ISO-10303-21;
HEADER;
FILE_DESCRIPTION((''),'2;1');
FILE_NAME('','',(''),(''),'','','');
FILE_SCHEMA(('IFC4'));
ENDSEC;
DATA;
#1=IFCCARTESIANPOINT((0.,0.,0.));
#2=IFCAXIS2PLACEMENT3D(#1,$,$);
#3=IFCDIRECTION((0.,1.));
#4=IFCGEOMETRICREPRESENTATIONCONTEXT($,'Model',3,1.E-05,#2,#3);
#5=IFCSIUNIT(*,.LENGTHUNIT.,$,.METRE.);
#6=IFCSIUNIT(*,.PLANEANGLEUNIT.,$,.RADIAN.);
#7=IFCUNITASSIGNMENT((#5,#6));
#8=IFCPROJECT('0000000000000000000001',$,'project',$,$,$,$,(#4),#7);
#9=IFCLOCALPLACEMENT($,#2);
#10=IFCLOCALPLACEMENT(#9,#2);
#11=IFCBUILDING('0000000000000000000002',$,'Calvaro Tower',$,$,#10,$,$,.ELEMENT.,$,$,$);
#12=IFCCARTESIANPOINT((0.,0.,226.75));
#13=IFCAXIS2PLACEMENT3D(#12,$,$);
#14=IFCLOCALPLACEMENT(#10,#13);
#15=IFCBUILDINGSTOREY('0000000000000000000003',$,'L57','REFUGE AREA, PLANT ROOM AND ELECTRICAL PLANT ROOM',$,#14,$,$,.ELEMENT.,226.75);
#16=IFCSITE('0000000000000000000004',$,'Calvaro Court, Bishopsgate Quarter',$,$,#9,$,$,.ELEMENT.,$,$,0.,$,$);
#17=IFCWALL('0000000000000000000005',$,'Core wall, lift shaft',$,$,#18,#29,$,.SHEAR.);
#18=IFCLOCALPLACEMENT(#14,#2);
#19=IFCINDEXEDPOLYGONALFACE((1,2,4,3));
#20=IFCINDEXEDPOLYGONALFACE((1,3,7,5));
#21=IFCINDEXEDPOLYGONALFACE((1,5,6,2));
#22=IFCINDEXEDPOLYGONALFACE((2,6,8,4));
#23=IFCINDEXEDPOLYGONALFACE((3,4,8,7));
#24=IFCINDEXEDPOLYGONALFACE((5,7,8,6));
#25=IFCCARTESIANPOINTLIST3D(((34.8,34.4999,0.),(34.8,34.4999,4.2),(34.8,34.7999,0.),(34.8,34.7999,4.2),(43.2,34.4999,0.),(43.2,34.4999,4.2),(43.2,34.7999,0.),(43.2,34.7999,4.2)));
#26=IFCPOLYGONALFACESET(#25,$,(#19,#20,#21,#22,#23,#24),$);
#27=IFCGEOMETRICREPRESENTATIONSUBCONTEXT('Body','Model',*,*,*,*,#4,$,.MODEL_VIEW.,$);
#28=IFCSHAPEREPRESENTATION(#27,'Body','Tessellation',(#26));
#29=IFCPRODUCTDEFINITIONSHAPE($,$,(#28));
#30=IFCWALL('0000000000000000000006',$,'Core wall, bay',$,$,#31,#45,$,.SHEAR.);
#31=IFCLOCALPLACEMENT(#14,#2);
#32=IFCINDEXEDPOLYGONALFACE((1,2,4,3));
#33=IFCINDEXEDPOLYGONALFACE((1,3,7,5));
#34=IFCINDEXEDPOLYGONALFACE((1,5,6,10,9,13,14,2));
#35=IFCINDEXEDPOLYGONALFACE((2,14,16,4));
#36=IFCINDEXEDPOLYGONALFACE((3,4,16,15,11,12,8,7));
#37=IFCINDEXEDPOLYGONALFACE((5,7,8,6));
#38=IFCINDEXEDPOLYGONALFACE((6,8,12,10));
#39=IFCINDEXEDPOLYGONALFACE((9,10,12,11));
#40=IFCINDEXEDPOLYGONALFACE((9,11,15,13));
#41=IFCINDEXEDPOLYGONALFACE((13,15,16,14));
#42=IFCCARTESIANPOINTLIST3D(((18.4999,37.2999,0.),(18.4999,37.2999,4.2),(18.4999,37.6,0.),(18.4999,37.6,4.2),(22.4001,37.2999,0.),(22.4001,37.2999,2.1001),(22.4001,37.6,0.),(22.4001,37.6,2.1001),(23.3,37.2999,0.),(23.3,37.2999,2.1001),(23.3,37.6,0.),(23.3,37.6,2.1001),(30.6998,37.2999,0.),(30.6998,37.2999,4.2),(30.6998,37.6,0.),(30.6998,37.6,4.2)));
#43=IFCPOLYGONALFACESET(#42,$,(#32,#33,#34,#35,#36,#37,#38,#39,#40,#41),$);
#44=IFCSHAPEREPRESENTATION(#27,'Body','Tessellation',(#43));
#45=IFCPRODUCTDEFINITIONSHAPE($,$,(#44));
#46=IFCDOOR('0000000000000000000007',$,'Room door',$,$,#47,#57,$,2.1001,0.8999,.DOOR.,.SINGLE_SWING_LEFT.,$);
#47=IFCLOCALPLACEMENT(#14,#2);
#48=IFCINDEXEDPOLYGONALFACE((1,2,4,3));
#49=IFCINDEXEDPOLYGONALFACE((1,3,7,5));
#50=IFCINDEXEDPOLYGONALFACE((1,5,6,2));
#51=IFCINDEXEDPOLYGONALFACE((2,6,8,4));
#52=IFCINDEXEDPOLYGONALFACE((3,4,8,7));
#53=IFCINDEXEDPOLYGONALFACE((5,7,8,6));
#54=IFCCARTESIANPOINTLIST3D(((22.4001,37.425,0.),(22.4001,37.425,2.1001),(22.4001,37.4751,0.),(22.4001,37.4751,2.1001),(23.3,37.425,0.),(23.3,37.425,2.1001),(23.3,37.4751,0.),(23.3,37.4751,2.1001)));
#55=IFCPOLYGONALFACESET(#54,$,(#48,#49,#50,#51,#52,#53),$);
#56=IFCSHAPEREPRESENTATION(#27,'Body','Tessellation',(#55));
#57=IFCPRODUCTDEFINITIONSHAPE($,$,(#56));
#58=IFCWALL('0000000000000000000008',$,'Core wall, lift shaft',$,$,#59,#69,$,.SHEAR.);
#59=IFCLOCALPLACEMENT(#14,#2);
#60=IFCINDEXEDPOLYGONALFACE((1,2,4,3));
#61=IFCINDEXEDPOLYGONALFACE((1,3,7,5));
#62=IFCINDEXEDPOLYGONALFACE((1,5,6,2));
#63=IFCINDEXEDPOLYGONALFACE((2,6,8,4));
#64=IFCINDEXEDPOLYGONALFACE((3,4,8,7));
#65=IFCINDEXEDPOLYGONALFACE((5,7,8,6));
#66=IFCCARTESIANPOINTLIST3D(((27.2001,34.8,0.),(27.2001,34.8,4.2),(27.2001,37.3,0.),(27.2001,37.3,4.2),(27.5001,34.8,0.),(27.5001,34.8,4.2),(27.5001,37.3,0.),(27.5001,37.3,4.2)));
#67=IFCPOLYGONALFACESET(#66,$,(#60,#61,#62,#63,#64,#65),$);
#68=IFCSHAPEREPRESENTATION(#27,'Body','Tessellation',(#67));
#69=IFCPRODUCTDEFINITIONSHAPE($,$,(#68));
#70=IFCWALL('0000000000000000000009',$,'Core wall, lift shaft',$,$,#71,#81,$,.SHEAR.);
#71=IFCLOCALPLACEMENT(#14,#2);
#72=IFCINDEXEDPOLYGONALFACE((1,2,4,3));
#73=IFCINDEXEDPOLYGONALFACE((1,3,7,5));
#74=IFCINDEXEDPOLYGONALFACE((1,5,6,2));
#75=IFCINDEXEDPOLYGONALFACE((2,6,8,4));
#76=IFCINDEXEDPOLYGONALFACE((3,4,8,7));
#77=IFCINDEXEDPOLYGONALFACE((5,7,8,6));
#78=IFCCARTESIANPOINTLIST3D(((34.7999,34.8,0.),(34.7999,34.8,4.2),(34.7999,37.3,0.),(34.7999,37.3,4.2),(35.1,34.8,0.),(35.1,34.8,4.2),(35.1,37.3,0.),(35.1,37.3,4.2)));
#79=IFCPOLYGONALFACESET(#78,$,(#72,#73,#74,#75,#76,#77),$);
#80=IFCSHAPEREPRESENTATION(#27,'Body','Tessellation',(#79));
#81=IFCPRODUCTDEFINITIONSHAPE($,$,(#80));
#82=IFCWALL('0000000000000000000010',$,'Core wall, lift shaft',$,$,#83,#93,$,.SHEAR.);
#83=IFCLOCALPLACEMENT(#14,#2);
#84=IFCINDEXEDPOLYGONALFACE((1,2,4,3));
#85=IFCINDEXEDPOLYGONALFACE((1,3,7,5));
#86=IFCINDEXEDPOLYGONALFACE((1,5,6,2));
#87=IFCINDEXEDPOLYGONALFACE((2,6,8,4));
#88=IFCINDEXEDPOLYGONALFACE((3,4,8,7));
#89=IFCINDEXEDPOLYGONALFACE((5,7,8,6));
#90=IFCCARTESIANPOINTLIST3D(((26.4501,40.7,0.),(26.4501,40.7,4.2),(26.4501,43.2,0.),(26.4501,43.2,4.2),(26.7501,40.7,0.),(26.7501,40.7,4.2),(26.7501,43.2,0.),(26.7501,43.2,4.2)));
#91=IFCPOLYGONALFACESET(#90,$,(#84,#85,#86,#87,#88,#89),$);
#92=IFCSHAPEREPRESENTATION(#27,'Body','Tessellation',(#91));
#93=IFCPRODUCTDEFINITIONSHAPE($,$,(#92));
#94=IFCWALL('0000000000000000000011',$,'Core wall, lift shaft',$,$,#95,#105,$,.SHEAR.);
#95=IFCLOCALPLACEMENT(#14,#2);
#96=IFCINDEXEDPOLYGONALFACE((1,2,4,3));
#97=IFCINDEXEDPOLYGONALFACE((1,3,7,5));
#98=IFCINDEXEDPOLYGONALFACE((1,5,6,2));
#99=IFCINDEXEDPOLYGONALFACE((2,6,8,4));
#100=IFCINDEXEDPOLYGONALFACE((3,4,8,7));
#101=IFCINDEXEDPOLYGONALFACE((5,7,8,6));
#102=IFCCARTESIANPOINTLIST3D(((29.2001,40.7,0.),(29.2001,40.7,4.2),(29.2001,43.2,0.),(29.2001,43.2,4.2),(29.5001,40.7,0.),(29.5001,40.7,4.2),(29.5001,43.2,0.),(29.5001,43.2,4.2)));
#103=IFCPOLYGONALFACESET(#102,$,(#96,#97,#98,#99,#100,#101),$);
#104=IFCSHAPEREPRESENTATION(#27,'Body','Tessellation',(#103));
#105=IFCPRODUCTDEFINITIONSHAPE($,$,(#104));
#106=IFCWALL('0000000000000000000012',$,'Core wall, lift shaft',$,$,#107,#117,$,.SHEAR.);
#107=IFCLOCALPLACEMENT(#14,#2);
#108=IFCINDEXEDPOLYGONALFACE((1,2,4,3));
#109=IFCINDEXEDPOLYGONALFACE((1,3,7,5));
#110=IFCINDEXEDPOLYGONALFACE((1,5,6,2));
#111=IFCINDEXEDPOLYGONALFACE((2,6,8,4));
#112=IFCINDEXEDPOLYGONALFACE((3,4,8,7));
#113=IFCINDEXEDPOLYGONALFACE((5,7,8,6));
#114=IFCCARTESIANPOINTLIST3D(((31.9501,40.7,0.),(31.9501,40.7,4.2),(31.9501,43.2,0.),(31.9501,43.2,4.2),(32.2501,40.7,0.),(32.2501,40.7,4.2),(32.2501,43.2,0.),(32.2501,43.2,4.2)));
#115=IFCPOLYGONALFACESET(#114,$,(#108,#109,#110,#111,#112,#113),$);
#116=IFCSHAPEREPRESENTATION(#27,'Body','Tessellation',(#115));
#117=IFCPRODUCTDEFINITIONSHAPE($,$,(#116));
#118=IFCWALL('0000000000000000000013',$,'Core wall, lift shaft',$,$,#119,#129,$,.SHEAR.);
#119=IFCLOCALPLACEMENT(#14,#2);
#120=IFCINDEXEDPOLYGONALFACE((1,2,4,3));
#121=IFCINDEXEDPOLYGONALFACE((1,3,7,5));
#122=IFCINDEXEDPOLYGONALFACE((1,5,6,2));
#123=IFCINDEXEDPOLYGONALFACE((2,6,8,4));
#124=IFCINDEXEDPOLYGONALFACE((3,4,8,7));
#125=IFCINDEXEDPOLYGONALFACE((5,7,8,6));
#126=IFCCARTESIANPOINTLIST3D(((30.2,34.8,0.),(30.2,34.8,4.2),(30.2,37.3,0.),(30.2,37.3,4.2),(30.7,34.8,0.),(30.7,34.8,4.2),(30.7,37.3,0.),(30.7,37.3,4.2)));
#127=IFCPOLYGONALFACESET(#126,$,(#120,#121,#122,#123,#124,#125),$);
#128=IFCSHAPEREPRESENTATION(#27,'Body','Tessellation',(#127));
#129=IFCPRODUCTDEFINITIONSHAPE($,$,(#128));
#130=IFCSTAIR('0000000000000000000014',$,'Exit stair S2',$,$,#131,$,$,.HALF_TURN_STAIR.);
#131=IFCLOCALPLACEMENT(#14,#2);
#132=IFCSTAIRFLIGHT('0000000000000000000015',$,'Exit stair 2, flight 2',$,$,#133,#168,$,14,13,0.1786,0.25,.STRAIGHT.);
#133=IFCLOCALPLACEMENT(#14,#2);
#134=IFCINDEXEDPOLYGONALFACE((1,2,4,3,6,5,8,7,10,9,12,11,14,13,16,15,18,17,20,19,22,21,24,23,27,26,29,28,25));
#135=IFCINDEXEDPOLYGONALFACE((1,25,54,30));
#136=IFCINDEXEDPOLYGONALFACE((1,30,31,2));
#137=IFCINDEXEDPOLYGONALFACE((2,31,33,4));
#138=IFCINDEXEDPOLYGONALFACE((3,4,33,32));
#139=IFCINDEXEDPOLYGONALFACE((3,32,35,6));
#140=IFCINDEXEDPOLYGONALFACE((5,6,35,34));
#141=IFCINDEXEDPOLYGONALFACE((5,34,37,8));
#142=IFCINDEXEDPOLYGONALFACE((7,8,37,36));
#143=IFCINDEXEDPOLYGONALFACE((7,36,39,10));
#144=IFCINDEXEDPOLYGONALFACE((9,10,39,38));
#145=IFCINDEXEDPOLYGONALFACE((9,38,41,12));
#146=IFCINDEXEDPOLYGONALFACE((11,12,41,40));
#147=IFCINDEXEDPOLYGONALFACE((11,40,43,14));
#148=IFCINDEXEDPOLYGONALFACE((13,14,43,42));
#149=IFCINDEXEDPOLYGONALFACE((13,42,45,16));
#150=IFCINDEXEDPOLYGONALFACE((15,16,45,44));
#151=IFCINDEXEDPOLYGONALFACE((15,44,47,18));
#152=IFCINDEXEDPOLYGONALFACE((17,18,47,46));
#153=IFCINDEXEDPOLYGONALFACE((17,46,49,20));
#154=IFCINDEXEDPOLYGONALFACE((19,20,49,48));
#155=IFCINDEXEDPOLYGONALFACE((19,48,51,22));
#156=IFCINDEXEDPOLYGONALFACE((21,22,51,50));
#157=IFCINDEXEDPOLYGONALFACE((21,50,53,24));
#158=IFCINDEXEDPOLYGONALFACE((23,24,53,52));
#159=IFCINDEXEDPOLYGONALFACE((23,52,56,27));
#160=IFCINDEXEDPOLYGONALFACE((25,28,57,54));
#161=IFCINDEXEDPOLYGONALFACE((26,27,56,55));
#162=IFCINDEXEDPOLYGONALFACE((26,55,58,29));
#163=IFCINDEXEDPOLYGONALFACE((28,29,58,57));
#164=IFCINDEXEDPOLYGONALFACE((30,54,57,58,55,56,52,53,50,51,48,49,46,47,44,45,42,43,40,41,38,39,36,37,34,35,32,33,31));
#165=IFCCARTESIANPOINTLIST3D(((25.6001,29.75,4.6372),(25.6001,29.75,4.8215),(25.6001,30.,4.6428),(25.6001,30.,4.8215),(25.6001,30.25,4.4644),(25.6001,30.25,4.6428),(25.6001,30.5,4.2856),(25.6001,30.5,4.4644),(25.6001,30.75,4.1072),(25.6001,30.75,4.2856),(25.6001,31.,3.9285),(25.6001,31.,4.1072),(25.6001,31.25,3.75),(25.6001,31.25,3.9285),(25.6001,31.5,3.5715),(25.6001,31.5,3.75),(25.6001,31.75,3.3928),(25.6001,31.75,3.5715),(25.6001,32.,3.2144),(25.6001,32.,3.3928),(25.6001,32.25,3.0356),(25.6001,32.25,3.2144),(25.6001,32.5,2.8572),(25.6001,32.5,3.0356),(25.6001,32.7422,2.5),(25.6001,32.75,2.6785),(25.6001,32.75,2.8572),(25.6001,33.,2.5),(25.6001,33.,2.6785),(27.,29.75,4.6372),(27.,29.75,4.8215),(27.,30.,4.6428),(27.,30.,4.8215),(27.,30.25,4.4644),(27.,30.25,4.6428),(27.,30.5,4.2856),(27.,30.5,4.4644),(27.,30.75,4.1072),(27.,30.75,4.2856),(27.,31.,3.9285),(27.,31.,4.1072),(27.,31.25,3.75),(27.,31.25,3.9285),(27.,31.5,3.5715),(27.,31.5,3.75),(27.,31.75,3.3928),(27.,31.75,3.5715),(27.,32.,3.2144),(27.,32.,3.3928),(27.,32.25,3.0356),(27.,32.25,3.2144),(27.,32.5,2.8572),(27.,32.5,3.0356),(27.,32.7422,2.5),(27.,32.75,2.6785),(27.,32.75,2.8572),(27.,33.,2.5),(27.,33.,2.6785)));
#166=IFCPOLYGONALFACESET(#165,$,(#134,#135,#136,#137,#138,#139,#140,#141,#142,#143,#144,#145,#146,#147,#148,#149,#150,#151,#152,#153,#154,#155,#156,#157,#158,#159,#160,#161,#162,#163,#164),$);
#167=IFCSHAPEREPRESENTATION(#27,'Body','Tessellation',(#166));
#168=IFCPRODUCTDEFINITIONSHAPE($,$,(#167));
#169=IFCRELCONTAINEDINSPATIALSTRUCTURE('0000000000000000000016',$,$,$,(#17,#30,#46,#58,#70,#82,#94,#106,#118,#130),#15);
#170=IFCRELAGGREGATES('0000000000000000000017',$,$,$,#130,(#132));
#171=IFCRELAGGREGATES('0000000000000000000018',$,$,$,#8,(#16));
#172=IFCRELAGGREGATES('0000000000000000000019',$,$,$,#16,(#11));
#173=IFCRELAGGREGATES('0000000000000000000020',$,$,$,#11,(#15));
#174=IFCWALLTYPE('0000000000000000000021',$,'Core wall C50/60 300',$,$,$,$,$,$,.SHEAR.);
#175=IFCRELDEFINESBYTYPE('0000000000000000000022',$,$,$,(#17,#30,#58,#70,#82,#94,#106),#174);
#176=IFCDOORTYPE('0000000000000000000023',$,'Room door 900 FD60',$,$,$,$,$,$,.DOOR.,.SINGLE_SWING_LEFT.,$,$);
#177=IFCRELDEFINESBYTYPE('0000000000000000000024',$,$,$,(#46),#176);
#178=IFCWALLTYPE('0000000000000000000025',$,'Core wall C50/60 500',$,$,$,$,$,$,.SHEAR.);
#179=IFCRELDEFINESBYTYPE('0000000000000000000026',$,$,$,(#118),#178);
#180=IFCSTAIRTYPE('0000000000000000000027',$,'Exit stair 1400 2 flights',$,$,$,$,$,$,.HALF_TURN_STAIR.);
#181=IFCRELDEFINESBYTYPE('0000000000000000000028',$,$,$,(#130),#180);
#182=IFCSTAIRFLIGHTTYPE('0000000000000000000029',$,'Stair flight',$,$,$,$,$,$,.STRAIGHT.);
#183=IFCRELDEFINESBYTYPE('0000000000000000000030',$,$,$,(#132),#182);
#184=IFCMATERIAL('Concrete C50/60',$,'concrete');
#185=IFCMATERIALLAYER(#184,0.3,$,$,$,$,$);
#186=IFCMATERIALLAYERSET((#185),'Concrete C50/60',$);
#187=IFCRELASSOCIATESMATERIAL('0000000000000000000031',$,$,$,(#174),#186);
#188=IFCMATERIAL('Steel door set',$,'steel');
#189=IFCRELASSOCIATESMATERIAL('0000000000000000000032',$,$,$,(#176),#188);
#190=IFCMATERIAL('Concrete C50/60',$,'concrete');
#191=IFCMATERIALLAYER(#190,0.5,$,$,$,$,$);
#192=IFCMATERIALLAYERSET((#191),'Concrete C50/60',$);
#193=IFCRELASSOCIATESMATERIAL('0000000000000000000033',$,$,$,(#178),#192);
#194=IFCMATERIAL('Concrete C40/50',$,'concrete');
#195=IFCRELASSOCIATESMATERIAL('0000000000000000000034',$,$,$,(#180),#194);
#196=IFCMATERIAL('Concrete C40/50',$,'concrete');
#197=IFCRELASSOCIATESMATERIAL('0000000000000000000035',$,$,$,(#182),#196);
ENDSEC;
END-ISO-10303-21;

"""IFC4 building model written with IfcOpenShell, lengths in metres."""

from ifc_helpers import new_model, si_unit, direction, frame, frame_2d, origin, place, context, subcontext, project, spatial, polyline, rectangle, outline, extrude, material, layer, layer_set, type_object, element, fill, aggregate, save


model = new_model("IFC4")

# Units and contexts
model_context = context("Model", 3, precision=1e-05, world=origin(), true_north=direction((0.0, 1.0)))
body_context = subcontext(model_context, "Body", "Model", "MODEL_VIEW")
ifc_project = project(units=[si_unit("LENGTHUNIT", "METRE"), si_unit("PLANEANGLEUNIT", "RADIAN")], contexts=[model_context])

# Site, building, storey
site_placement = place(None, origin())
site = spatial("IfcSite", under=ifc_project, at=site_placement, Name="Calvaro Court, Bishopsgate Quarter", CompositionType="ELEMENT", RefElevation=0.0)
building_placement = place(site_placement, origin())
building = spatial("IfcBuilding", under=site, at=building_placement, Name="Calvaro Tower", CompositionType="ELEMENT")
storey_placement = place(building_placement, frame((0.0, 0.0, 226.75)))
storey = spatial("IfcBuildingStorey", under=building, at=storey_placement, Name="L57", Description="REFUGE AREA, PLANT ROOM AND ELECTRICAL PLANT ROOM", CompositionType="ELEMENT", Elevation=226.75)

# Wall
ifc_material_1 = material(Name="Concrete C50/60", Category="concrete")
ifc_layer_1 = layer(ifc_material_1, 0.3)
ifc_layer_set_1 = layer_set([ifc_layer_1], Name="Concrete C50/60")
wall_type_1 = type_object("IfcWallType", Name="Core wall C50/60 300", PredefinedType="SHEAR", material=ifc_layer_set_1)
wall_1_placement = place(storey_placement, frame((34.8, 34.6499, 0.0), z_axis=(0.0, 0.0, 1.0), x_axis=(1.0, 0.0, 0.0)))
element("IfcWall", 1, at=wall_1_placement, inside=storey, type_object=wall_type_1, Name="Core wall, lift shaft", PredefinedType="SHEAR", context=body_context, shape_type="SweptSolid", body=[
    extrude(rectangle(XDim=8.3999, YDim=0.3, at=frame_2d((4.2, 0.0))), origin(), (0.0, 0.0, 1.0), 4.2),
])

# Wall, opening, door
wall_2_placement = place(storey_placement, frame((30.7, 37.45, 0.0), z_axis=(0.0, 0.0, 1.0), x_axis=(-1.0, 0.0, 0.0)))
wall_2 = element("IfcWall", 2, at=wall_2_placement, inside=storey, type_object=wall_type_1, Name="Core wall, bay", PredefinedType="SHEAR", context=body_context, shape_type="SweptSolid", body=[
    extrude(rectangle(XDim=12.2, YDim=0.3, at=frame_2d((6.1001, 0.0))), origin(), (0.0, 0.0, 1.0), 4.2),
])
opening_placement = place(wall_2_placement, frame((7.3999, 0.0, 0.0)))
opening = element("IfcOpeningElement", 3, at=opening_placement, cuts=wall_2, PredefinedType="OPENING", context=body_context, shape_type="SweptSolid", body=[
    extrude(rectangle(XDim=0.8999, YDim=2.1001, at=frame_2d((0.45, 1.05))), frame((0.0, 0.1599, 0.0), z_axis=(0.0, -1.0, 0.0), x_axis=(1.0, 0.0, 0.0)), (0.0, 0.0, 1.0), 0.3201),
])
ifc_material_2 = material(Name="Steel door set", Category="steel")
door_type = type_object("IfcDoorType", Name="Room door 900 FD60", OperationType="SINGLE_SWING_LEFT", PredefinedType="DOOR", material=ifc_material_2)
door_placement = place(opening_placement, origin())
door = element("IfcDoor", 4, at=door_placement, inside=storey, type_object=door_type, Name="Room door", OperationType="SINGLE_SWING_LEFT", OverallHeight=2.1001, OverallWidth=0.8999, PredefinedType="DOOR", context=body_context, shape_type="SweptSolid", body=[
    extrude(rectangle(XDim=0.8999, YDim=2.1001, at=frame_2d((0.45, 1.05))), frame((0.0, 0.0249, 0.0), z_axis=(0.0, -1.0, 0.0), x_axis=(1.0, 0.0, 0.0)), (0.0, 0.0, 1.0), 0.05),
])
fill(opening, door)

# Walls
for number, where, z_axis, x_axis, name in (
    (5, (27.3501, 34.8, 0.0), (0.0, 0.0, 1.0), (0.0, 1.0, 0.0), "Core wall, lift shaft"),
    (6, (34.95, 34.8, 0.0), (0.0, 0.0, 1.0), (0.0, 1.0, 0.0), "Core wall, lift shaft"),
    (7, (26.6001, 40.7, 0.0), (0.0, 0.0, 1.0), (0.0, 1.0, 0.0), "Core wall, lift shaft"),
    (8, (29.3501, 40.7, 0.0), (0.0, 0.0, 1.0), (0.0, 1.0, 0.0), "Core wall, lift shaft"),
    (9, (32.1001, 40.7, 0.0), (0.0, 0.0, 1.0), (0.0, 1.0, 0.0), "Core wall, lift shaft"),
):
    element("IfcWall", number, at=place(storey_placement, frame(where, z_axis=z_axis, x_axis=x_axis)), inside=storey, type_object=wall_type_1, Name=name, PredefinedType="SHEAR", context=body_context, shape_type="SweptSolid", body=[
        extrude(rectangle(XDim=2.5, YDim=0.3, at=frame_2d((1.25, 0.0))), origin(), (0.0, 0.0, 1.0), 4.2),
    ])
ifc_material_3 = material(Name="Concrete C50/60", Category="concrete")
ifc_layer_2 = layer(ifc_material_3, 0.5)
ifc_layer_set_2 = layer_set([ifc_layer_2], Name="Concrete C50/60")
wall_type_2 = type_object("IfcWallType", Name="Core wall C50/60 500", PredefinedType="SHEAR", material=ifc_layer_set_2)
wall_3_placement = place(storey_placement, frame((30.45, 34.8, 0.0), z_axis=(0.0, 0.0, 1.0), x_axis=(0.0, 1.0, 0.0)))
element("IfcWall", 10, at=wall_3_placement, inside=storey, type_object=wall_type_2, Name="Core wall, lift shaft", PredefinedType="SHEAR", context=body_context, shape_type="SweptSolid", body=[
    extrude(rectangle(XDim=2.5, YDim=0.5, at=frame_2d((1.25, 0.0))), origin(), (0.0, 0.0, 1.0), 4.2),
])

# Stair, stair flight
ifc_material_4 = material(Name="Concrete C40/50", Category="concrete")
stair_type = type_object("IfcStairType", Name="Exit stair 1400 2 flights", PredefinedType="HALF_TURN_STAIR", material=ifc_material_4)
stair_placement = place(storey_placement, origin())
stair = element("IfcStair", 11, at=stair_placement, inside=storey, type_object=stair_type, Name="Exit stair S2", PredefinedType="HALF_TURN_STAIR")
ifc_material_5 = material(Name="Concrete C40/50", Category="concrete")
stair_flight_type = type_object("IfcStairFlightType", Name="Stair flight", PredefinedType="STRAIGHT", material=ifc_material_5)
stair_flight_placement = place(storey_placement, frame((26.3, 33.0, 2.5), z_axis=(0.0, 0.0, 1.0), x_axis=(0.0, -1.0, 0.0)))
stair_flight = element("IfcStairFlight", 12, at=stair_flight_placement, type_object=stair_flight_type, Name="Exit stair 2, flight 2", NumberOfRisers=14, NumberOfTreads=13, PredefinedType="STRAIGHT", RiserHeight=0.1786, TreadLength=0.25, context=body_context, shape_type="SweptSolid", body=[
    extrude(outline(polyline([(0.0, 0.0), (0.0, 0.1785), (0.25, 0.1785), (0.25, 0.3572), (0.5, 0.3572), (0.5, 0.5356), (0.75, 0.5356), (0.75, 0.7144), (1.0, 0.7144), (1.0, 0.8928), (1.25, 0.8928), (1.25, 1.0715), (1.5, 1.0715), (1.5, 1.25), (1.75, 1.25), (1.75, 1.4285), (2.0, 1.4285), (2.0, 1.6072), (2.25, 1.6072), (2.25, 1.7856), (2.5, 1.7856), (2.5, 1.9644), (2.75, 1.9644), (2.75, 2.1428), (3.0, 2.1428), (3.0, 2.3215), (3.25, 2.3215), (3.25, 2.5), (3.25, 2.1372), (0.2578, 0.0), (0.0, 0.0)])), frame((0.0, 0.7, 0.0), z_axis=(0.0, -1.0, 0.0), x_axis=(1.0, 0.0, 0.0)), (0.0, 0.0, 1.0), 1.3999),
])
aggregate(stair, [stair_flight])

save(model, "model.ifc")
